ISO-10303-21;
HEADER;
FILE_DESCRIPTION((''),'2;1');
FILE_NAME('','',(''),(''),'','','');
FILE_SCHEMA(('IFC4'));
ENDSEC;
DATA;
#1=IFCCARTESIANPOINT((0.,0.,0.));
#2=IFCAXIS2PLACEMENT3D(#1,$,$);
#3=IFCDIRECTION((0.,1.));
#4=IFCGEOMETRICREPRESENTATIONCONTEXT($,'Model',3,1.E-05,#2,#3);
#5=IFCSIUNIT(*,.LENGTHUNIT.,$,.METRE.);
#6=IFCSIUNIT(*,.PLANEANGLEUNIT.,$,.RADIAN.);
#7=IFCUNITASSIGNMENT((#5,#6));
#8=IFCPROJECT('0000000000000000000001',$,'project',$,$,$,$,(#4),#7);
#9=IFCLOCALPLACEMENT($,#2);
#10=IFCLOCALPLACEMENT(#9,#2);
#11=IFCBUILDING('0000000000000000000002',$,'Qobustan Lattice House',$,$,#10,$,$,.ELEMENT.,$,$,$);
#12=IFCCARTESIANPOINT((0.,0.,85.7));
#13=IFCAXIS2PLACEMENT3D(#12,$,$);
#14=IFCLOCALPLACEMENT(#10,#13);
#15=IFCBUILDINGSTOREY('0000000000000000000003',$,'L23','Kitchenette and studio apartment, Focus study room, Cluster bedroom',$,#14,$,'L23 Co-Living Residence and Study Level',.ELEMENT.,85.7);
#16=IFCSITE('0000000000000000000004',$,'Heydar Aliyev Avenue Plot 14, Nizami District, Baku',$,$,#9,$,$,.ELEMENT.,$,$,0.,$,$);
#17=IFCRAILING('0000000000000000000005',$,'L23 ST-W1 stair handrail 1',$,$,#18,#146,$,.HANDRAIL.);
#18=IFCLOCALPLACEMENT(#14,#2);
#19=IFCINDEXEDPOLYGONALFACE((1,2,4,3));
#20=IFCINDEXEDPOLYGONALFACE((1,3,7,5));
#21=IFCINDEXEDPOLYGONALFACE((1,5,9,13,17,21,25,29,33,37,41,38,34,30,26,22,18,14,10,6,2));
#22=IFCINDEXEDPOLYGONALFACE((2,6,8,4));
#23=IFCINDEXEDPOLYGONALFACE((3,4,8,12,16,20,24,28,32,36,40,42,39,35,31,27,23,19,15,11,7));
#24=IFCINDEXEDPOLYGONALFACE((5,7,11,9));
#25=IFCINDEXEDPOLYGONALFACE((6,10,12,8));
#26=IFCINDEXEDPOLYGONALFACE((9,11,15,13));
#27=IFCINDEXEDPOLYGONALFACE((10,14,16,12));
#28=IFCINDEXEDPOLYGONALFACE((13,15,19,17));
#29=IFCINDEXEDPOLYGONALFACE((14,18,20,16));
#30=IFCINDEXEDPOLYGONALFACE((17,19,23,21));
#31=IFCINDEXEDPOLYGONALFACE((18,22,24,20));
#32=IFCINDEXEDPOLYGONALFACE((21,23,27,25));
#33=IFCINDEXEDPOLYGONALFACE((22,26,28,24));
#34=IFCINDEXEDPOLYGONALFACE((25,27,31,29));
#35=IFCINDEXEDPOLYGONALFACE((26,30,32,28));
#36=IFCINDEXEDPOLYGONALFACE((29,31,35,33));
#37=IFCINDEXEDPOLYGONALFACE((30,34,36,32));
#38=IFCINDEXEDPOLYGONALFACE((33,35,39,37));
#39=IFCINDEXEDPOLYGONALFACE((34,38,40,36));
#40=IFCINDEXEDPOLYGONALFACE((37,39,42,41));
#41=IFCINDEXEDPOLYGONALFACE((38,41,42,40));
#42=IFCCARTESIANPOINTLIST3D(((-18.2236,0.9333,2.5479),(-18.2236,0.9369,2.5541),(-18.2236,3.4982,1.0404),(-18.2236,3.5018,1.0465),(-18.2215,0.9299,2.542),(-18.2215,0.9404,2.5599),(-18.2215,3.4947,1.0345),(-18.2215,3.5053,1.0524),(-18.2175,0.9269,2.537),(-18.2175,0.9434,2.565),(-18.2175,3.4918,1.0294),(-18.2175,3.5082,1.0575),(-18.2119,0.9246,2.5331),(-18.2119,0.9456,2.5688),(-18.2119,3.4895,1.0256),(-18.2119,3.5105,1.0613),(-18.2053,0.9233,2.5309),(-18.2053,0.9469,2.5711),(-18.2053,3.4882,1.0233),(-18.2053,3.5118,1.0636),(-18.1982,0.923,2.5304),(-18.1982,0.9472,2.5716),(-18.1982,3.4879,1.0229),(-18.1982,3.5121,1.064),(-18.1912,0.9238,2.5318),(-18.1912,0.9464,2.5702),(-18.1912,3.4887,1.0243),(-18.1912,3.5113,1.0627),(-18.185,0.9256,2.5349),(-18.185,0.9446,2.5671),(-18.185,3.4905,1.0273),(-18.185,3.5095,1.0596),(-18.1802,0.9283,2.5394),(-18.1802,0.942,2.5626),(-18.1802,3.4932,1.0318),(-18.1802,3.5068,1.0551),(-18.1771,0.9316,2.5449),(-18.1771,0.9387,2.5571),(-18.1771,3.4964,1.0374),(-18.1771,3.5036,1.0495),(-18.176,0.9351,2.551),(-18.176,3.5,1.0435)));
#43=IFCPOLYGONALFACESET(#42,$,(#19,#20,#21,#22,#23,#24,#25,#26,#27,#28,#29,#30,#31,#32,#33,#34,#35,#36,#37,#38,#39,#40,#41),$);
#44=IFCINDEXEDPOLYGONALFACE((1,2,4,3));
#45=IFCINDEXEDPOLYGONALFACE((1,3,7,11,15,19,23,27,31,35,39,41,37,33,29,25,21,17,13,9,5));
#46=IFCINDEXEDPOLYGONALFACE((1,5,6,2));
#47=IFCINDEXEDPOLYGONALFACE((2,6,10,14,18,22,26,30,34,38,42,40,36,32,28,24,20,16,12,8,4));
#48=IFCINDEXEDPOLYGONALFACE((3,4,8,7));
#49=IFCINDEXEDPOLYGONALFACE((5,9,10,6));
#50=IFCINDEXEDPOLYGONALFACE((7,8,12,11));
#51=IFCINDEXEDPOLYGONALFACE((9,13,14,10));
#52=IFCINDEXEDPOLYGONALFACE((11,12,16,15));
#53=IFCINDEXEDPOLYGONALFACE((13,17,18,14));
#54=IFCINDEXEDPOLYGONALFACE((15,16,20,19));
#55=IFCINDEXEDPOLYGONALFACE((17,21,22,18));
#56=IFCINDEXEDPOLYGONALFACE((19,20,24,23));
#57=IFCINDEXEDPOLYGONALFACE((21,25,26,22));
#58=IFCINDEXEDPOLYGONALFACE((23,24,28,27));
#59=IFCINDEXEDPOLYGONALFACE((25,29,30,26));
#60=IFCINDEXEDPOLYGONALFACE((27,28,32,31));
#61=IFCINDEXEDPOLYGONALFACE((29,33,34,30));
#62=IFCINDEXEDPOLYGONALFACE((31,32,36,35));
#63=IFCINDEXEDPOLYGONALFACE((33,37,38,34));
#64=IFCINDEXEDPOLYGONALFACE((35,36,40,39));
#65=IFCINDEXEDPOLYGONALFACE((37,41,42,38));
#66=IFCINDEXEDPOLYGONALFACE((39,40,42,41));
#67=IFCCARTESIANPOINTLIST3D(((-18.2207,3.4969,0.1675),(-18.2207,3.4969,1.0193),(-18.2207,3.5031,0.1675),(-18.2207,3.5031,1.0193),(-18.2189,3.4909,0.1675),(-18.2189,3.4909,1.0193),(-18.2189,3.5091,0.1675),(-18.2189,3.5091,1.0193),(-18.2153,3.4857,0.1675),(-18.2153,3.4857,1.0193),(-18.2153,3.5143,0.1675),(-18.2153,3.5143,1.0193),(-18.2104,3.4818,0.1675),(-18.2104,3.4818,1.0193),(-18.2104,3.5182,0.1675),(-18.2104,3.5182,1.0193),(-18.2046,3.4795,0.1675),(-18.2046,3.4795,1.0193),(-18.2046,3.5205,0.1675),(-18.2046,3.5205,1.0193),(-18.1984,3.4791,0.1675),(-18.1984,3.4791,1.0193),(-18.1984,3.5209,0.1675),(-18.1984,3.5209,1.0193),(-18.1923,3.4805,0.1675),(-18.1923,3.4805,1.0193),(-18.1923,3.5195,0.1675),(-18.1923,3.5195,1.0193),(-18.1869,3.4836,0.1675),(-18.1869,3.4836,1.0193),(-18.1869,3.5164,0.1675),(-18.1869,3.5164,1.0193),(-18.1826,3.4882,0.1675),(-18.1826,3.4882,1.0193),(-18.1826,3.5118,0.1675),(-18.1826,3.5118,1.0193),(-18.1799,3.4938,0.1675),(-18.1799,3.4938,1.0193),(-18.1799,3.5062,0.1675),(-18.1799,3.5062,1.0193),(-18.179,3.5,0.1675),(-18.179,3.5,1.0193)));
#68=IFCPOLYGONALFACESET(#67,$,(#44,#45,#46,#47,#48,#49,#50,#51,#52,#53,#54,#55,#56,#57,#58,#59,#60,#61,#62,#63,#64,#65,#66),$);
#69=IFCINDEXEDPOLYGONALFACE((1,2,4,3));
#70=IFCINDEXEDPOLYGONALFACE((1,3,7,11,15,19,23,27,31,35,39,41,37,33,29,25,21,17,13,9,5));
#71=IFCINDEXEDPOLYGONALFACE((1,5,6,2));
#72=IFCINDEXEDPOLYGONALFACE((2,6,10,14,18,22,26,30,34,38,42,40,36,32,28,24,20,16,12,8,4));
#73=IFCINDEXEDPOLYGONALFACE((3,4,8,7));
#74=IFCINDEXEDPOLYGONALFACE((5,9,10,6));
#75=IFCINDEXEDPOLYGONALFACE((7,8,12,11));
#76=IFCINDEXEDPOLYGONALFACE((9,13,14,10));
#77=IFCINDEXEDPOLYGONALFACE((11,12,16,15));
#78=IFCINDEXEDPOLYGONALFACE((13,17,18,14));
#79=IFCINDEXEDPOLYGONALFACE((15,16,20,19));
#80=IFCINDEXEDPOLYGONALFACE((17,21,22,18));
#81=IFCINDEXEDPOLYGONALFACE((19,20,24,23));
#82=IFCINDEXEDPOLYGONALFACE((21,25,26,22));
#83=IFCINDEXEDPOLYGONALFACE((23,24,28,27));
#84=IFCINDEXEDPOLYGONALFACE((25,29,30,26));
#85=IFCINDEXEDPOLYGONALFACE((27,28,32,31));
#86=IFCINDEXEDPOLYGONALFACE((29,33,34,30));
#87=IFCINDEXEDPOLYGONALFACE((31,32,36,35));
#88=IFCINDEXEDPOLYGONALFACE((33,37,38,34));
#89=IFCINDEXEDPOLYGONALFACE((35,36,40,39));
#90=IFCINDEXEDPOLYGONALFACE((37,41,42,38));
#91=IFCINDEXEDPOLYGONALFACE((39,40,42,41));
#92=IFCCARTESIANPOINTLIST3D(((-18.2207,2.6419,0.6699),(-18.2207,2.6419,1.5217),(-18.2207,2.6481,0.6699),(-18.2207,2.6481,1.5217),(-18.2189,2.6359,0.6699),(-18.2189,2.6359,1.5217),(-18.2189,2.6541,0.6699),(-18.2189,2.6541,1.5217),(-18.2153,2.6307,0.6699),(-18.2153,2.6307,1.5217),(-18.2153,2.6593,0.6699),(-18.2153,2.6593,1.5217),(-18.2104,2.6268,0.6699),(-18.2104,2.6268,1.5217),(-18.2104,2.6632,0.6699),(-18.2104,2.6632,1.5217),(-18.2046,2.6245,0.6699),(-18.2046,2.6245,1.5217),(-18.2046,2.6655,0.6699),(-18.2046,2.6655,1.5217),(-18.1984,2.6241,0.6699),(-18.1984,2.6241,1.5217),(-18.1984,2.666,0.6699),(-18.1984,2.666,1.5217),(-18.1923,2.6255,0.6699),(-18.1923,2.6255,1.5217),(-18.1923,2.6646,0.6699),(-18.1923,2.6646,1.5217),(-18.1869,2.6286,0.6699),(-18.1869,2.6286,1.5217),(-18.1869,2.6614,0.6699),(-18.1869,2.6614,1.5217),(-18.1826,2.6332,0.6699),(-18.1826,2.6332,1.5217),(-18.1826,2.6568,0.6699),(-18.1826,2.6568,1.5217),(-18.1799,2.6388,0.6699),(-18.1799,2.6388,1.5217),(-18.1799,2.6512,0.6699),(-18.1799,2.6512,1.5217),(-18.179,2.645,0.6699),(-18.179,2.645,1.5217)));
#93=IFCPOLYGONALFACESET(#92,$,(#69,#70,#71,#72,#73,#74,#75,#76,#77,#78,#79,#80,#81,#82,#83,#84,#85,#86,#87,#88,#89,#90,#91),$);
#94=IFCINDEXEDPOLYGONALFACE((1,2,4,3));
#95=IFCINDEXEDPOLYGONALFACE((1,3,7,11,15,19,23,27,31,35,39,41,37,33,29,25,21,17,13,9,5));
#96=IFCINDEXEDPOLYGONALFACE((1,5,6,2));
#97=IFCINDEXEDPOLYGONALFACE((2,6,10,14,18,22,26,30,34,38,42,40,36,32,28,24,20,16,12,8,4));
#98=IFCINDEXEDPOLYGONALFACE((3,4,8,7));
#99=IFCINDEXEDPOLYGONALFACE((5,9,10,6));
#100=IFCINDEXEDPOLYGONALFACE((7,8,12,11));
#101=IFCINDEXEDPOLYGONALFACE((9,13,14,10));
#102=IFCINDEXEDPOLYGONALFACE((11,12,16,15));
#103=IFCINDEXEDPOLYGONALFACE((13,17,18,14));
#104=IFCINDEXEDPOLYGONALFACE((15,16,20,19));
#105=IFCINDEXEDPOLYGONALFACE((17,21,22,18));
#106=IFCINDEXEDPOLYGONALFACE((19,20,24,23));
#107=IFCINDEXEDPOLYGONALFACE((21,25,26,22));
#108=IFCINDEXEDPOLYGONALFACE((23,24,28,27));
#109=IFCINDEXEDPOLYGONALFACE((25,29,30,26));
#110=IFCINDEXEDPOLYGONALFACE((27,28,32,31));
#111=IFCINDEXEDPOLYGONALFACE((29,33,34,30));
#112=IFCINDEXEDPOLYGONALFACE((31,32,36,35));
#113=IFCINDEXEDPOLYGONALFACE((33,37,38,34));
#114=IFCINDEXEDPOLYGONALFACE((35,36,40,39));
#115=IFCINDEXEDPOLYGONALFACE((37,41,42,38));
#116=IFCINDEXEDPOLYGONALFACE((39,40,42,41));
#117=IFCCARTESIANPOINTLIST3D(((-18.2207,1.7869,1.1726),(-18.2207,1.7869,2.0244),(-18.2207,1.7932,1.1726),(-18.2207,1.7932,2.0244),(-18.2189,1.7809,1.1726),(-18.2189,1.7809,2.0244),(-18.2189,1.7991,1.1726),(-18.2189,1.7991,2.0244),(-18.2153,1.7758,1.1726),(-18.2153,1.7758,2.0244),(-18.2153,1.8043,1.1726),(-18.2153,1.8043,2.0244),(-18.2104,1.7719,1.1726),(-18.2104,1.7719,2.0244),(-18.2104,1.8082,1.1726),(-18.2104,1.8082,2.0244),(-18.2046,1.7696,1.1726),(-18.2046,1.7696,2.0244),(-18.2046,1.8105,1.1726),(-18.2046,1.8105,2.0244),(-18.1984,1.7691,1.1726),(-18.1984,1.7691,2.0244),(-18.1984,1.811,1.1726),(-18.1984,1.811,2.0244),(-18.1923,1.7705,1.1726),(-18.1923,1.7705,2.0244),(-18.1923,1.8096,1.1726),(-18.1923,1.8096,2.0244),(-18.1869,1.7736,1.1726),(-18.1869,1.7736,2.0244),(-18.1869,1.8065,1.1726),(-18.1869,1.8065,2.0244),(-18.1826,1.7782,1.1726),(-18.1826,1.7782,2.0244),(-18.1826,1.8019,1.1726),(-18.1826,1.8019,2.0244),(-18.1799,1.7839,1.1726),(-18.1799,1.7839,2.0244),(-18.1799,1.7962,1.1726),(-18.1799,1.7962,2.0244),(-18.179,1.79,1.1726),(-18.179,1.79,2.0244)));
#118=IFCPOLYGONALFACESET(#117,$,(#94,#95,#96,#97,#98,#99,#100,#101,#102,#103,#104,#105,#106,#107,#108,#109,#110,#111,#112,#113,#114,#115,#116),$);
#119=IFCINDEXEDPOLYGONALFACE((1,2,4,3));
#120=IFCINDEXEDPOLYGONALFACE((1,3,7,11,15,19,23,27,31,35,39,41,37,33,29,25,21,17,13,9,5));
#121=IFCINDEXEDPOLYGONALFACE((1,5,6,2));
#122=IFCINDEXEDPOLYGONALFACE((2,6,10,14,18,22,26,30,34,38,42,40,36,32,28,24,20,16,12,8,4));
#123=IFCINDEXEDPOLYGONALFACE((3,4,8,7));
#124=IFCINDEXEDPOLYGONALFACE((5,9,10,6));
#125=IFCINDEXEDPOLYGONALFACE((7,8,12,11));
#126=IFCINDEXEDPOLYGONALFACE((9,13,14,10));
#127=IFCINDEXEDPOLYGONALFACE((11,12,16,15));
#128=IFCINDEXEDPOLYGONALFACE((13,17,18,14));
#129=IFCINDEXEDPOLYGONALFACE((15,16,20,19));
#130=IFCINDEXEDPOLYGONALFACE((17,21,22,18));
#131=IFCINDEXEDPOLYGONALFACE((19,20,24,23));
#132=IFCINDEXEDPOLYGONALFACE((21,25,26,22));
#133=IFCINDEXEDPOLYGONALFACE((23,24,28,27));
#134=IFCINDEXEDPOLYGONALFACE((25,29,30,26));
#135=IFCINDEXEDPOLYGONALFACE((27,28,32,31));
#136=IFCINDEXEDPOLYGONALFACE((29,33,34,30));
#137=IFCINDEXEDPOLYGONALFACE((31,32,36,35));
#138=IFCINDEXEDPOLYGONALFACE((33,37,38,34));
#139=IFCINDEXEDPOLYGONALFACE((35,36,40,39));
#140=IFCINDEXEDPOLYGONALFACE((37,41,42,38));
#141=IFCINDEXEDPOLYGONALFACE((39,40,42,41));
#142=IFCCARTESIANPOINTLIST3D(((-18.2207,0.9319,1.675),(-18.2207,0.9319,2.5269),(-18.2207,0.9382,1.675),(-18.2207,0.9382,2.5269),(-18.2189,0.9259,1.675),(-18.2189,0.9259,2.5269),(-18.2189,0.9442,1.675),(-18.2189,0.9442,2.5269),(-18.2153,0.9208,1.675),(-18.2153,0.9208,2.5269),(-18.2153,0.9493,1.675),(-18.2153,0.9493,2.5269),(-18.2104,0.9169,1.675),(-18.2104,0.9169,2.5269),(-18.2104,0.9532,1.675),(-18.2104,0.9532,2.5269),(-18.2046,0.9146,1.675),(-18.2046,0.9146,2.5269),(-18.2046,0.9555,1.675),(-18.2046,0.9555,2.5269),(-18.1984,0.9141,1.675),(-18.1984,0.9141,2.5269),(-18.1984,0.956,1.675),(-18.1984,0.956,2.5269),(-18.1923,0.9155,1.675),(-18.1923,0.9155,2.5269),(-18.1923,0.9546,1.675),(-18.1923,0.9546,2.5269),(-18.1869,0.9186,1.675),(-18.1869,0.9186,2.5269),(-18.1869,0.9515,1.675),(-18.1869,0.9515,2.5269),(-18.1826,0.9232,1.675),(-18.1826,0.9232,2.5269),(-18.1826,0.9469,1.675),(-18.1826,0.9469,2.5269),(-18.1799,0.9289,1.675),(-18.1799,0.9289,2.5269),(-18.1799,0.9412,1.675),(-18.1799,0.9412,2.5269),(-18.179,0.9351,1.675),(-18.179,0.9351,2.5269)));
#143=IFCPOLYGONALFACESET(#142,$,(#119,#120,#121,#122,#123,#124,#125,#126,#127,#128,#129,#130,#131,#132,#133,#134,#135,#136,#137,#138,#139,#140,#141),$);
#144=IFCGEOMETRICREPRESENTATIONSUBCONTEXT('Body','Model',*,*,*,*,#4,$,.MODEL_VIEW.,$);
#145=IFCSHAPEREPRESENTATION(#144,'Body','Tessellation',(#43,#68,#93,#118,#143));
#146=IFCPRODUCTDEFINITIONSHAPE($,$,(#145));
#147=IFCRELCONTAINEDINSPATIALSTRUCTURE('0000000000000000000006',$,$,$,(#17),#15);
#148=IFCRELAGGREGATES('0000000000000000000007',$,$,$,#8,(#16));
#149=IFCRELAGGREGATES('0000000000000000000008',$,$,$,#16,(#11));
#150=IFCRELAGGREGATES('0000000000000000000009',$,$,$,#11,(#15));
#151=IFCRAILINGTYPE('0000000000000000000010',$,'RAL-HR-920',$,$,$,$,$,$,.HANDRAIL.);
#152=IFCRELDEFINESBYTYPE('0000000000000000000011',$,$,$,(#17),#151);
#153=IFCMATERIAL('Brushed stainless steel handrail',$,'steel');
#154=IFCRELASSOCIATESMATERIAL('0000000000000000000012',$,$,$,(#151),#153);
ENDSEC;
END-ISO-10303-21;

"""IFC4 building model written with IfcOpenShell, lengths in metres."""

from ifc_helpers import new_model, si_unit, direction, frame, origin, origin_2d, place, context, subcontext, project, spatial, circle, extrude, material, type_object, element, save


model = new_model("IFC4")

# Units and contexts
model_context = context("Model", 3, precision=1e-05, world=origin(), true_north=direction((0.0, 1.0)))
body_context = subcontext(model_context, "Body", "Model", "MODEL_VIEW")
ifc_project = project(units=[si_unit("LENGTHUNIT", "METRE"), si_unit("PLANEANGLEUNIT", "RADIAN")], contexts=[model_context])

# Site, building, storey
site_placement = place(None, origin())
site = spatial("IfcSite", under=ifc_project, at=site_placement, Name="Heydar Aliyev Avenue Plot 14, Nizami District, Baku", CompositionType="ELEMENT", RefElevation=0.0)
building_placement = place(site_placement, origin())
building = spatial("IfcBuilding", under=site, at=building_placement, Name="Qobustan Lattice House", CompositionType="ELEMENT")
storey_placement = place(building_placement, frame((0.0, 0.0, 85.7)))
storey = spatial("IfcBuildingStorey", under=building, at=storey_placement, Name="L23", Description="Kitchenette and studio apartment, Focus study room, Cluster bedroom", LongName="L23 Co-Living Residence and Study Level", CompositionType="ELEMENT", Elevation=85.7)

# Railing
ifc_material_1 = material(Name="Brushed stainless steel handrail", Category="steel")
railing_type = type_object("IfcRailingType", Name="RAL-HR-920", PredefinedType="HANDRAIL", material=ifc_material_1)
railing_placement = place(storey_placement, frame((-18.2, 3.5, 0.1675)))
element("IfcRailing", 1, at=railing_placement, inside=storey, type_object=railing_type, Name="L23 ST-W1 stair handrail 1", PredefinedType="HANDRAIL", context=body_context, shape_type="SweptSolid", body=[
    extrude(circle(Radius=0.0239, at=origin_2d()), frame((0.0, 0.0, 0.876), z_axis=(0.0, -0.862113, 0.506715), x_axis=(1.0, 0.0, 0.0)), (0.0, 0.0, 1.0), 2.9751),
    extrude(circle(Radius=0.021, at=origin_2d()), origin(), (0.0, 0.0, 1.0), 0.8518),
    extrude(circle(Radius=0.021, at=origin_2d()), frame((0.0, -0.855, 0.5024)), (0.0, 0.0, 1.0), 0.8518),
    extrude(circle(Radius=0.021, at=origin_2d()), frame((0.0, -1.71, 1.0051)), (0.0, 0.0, 1.0), 0.8518),
    extrude(circle(Radius=0.021, at=origin_2d()), frame((0.0, -2.5649, 1.5076)), (0.0, 0.0, 1.0), 0.8518),
])

save(model, "model.ifc")
